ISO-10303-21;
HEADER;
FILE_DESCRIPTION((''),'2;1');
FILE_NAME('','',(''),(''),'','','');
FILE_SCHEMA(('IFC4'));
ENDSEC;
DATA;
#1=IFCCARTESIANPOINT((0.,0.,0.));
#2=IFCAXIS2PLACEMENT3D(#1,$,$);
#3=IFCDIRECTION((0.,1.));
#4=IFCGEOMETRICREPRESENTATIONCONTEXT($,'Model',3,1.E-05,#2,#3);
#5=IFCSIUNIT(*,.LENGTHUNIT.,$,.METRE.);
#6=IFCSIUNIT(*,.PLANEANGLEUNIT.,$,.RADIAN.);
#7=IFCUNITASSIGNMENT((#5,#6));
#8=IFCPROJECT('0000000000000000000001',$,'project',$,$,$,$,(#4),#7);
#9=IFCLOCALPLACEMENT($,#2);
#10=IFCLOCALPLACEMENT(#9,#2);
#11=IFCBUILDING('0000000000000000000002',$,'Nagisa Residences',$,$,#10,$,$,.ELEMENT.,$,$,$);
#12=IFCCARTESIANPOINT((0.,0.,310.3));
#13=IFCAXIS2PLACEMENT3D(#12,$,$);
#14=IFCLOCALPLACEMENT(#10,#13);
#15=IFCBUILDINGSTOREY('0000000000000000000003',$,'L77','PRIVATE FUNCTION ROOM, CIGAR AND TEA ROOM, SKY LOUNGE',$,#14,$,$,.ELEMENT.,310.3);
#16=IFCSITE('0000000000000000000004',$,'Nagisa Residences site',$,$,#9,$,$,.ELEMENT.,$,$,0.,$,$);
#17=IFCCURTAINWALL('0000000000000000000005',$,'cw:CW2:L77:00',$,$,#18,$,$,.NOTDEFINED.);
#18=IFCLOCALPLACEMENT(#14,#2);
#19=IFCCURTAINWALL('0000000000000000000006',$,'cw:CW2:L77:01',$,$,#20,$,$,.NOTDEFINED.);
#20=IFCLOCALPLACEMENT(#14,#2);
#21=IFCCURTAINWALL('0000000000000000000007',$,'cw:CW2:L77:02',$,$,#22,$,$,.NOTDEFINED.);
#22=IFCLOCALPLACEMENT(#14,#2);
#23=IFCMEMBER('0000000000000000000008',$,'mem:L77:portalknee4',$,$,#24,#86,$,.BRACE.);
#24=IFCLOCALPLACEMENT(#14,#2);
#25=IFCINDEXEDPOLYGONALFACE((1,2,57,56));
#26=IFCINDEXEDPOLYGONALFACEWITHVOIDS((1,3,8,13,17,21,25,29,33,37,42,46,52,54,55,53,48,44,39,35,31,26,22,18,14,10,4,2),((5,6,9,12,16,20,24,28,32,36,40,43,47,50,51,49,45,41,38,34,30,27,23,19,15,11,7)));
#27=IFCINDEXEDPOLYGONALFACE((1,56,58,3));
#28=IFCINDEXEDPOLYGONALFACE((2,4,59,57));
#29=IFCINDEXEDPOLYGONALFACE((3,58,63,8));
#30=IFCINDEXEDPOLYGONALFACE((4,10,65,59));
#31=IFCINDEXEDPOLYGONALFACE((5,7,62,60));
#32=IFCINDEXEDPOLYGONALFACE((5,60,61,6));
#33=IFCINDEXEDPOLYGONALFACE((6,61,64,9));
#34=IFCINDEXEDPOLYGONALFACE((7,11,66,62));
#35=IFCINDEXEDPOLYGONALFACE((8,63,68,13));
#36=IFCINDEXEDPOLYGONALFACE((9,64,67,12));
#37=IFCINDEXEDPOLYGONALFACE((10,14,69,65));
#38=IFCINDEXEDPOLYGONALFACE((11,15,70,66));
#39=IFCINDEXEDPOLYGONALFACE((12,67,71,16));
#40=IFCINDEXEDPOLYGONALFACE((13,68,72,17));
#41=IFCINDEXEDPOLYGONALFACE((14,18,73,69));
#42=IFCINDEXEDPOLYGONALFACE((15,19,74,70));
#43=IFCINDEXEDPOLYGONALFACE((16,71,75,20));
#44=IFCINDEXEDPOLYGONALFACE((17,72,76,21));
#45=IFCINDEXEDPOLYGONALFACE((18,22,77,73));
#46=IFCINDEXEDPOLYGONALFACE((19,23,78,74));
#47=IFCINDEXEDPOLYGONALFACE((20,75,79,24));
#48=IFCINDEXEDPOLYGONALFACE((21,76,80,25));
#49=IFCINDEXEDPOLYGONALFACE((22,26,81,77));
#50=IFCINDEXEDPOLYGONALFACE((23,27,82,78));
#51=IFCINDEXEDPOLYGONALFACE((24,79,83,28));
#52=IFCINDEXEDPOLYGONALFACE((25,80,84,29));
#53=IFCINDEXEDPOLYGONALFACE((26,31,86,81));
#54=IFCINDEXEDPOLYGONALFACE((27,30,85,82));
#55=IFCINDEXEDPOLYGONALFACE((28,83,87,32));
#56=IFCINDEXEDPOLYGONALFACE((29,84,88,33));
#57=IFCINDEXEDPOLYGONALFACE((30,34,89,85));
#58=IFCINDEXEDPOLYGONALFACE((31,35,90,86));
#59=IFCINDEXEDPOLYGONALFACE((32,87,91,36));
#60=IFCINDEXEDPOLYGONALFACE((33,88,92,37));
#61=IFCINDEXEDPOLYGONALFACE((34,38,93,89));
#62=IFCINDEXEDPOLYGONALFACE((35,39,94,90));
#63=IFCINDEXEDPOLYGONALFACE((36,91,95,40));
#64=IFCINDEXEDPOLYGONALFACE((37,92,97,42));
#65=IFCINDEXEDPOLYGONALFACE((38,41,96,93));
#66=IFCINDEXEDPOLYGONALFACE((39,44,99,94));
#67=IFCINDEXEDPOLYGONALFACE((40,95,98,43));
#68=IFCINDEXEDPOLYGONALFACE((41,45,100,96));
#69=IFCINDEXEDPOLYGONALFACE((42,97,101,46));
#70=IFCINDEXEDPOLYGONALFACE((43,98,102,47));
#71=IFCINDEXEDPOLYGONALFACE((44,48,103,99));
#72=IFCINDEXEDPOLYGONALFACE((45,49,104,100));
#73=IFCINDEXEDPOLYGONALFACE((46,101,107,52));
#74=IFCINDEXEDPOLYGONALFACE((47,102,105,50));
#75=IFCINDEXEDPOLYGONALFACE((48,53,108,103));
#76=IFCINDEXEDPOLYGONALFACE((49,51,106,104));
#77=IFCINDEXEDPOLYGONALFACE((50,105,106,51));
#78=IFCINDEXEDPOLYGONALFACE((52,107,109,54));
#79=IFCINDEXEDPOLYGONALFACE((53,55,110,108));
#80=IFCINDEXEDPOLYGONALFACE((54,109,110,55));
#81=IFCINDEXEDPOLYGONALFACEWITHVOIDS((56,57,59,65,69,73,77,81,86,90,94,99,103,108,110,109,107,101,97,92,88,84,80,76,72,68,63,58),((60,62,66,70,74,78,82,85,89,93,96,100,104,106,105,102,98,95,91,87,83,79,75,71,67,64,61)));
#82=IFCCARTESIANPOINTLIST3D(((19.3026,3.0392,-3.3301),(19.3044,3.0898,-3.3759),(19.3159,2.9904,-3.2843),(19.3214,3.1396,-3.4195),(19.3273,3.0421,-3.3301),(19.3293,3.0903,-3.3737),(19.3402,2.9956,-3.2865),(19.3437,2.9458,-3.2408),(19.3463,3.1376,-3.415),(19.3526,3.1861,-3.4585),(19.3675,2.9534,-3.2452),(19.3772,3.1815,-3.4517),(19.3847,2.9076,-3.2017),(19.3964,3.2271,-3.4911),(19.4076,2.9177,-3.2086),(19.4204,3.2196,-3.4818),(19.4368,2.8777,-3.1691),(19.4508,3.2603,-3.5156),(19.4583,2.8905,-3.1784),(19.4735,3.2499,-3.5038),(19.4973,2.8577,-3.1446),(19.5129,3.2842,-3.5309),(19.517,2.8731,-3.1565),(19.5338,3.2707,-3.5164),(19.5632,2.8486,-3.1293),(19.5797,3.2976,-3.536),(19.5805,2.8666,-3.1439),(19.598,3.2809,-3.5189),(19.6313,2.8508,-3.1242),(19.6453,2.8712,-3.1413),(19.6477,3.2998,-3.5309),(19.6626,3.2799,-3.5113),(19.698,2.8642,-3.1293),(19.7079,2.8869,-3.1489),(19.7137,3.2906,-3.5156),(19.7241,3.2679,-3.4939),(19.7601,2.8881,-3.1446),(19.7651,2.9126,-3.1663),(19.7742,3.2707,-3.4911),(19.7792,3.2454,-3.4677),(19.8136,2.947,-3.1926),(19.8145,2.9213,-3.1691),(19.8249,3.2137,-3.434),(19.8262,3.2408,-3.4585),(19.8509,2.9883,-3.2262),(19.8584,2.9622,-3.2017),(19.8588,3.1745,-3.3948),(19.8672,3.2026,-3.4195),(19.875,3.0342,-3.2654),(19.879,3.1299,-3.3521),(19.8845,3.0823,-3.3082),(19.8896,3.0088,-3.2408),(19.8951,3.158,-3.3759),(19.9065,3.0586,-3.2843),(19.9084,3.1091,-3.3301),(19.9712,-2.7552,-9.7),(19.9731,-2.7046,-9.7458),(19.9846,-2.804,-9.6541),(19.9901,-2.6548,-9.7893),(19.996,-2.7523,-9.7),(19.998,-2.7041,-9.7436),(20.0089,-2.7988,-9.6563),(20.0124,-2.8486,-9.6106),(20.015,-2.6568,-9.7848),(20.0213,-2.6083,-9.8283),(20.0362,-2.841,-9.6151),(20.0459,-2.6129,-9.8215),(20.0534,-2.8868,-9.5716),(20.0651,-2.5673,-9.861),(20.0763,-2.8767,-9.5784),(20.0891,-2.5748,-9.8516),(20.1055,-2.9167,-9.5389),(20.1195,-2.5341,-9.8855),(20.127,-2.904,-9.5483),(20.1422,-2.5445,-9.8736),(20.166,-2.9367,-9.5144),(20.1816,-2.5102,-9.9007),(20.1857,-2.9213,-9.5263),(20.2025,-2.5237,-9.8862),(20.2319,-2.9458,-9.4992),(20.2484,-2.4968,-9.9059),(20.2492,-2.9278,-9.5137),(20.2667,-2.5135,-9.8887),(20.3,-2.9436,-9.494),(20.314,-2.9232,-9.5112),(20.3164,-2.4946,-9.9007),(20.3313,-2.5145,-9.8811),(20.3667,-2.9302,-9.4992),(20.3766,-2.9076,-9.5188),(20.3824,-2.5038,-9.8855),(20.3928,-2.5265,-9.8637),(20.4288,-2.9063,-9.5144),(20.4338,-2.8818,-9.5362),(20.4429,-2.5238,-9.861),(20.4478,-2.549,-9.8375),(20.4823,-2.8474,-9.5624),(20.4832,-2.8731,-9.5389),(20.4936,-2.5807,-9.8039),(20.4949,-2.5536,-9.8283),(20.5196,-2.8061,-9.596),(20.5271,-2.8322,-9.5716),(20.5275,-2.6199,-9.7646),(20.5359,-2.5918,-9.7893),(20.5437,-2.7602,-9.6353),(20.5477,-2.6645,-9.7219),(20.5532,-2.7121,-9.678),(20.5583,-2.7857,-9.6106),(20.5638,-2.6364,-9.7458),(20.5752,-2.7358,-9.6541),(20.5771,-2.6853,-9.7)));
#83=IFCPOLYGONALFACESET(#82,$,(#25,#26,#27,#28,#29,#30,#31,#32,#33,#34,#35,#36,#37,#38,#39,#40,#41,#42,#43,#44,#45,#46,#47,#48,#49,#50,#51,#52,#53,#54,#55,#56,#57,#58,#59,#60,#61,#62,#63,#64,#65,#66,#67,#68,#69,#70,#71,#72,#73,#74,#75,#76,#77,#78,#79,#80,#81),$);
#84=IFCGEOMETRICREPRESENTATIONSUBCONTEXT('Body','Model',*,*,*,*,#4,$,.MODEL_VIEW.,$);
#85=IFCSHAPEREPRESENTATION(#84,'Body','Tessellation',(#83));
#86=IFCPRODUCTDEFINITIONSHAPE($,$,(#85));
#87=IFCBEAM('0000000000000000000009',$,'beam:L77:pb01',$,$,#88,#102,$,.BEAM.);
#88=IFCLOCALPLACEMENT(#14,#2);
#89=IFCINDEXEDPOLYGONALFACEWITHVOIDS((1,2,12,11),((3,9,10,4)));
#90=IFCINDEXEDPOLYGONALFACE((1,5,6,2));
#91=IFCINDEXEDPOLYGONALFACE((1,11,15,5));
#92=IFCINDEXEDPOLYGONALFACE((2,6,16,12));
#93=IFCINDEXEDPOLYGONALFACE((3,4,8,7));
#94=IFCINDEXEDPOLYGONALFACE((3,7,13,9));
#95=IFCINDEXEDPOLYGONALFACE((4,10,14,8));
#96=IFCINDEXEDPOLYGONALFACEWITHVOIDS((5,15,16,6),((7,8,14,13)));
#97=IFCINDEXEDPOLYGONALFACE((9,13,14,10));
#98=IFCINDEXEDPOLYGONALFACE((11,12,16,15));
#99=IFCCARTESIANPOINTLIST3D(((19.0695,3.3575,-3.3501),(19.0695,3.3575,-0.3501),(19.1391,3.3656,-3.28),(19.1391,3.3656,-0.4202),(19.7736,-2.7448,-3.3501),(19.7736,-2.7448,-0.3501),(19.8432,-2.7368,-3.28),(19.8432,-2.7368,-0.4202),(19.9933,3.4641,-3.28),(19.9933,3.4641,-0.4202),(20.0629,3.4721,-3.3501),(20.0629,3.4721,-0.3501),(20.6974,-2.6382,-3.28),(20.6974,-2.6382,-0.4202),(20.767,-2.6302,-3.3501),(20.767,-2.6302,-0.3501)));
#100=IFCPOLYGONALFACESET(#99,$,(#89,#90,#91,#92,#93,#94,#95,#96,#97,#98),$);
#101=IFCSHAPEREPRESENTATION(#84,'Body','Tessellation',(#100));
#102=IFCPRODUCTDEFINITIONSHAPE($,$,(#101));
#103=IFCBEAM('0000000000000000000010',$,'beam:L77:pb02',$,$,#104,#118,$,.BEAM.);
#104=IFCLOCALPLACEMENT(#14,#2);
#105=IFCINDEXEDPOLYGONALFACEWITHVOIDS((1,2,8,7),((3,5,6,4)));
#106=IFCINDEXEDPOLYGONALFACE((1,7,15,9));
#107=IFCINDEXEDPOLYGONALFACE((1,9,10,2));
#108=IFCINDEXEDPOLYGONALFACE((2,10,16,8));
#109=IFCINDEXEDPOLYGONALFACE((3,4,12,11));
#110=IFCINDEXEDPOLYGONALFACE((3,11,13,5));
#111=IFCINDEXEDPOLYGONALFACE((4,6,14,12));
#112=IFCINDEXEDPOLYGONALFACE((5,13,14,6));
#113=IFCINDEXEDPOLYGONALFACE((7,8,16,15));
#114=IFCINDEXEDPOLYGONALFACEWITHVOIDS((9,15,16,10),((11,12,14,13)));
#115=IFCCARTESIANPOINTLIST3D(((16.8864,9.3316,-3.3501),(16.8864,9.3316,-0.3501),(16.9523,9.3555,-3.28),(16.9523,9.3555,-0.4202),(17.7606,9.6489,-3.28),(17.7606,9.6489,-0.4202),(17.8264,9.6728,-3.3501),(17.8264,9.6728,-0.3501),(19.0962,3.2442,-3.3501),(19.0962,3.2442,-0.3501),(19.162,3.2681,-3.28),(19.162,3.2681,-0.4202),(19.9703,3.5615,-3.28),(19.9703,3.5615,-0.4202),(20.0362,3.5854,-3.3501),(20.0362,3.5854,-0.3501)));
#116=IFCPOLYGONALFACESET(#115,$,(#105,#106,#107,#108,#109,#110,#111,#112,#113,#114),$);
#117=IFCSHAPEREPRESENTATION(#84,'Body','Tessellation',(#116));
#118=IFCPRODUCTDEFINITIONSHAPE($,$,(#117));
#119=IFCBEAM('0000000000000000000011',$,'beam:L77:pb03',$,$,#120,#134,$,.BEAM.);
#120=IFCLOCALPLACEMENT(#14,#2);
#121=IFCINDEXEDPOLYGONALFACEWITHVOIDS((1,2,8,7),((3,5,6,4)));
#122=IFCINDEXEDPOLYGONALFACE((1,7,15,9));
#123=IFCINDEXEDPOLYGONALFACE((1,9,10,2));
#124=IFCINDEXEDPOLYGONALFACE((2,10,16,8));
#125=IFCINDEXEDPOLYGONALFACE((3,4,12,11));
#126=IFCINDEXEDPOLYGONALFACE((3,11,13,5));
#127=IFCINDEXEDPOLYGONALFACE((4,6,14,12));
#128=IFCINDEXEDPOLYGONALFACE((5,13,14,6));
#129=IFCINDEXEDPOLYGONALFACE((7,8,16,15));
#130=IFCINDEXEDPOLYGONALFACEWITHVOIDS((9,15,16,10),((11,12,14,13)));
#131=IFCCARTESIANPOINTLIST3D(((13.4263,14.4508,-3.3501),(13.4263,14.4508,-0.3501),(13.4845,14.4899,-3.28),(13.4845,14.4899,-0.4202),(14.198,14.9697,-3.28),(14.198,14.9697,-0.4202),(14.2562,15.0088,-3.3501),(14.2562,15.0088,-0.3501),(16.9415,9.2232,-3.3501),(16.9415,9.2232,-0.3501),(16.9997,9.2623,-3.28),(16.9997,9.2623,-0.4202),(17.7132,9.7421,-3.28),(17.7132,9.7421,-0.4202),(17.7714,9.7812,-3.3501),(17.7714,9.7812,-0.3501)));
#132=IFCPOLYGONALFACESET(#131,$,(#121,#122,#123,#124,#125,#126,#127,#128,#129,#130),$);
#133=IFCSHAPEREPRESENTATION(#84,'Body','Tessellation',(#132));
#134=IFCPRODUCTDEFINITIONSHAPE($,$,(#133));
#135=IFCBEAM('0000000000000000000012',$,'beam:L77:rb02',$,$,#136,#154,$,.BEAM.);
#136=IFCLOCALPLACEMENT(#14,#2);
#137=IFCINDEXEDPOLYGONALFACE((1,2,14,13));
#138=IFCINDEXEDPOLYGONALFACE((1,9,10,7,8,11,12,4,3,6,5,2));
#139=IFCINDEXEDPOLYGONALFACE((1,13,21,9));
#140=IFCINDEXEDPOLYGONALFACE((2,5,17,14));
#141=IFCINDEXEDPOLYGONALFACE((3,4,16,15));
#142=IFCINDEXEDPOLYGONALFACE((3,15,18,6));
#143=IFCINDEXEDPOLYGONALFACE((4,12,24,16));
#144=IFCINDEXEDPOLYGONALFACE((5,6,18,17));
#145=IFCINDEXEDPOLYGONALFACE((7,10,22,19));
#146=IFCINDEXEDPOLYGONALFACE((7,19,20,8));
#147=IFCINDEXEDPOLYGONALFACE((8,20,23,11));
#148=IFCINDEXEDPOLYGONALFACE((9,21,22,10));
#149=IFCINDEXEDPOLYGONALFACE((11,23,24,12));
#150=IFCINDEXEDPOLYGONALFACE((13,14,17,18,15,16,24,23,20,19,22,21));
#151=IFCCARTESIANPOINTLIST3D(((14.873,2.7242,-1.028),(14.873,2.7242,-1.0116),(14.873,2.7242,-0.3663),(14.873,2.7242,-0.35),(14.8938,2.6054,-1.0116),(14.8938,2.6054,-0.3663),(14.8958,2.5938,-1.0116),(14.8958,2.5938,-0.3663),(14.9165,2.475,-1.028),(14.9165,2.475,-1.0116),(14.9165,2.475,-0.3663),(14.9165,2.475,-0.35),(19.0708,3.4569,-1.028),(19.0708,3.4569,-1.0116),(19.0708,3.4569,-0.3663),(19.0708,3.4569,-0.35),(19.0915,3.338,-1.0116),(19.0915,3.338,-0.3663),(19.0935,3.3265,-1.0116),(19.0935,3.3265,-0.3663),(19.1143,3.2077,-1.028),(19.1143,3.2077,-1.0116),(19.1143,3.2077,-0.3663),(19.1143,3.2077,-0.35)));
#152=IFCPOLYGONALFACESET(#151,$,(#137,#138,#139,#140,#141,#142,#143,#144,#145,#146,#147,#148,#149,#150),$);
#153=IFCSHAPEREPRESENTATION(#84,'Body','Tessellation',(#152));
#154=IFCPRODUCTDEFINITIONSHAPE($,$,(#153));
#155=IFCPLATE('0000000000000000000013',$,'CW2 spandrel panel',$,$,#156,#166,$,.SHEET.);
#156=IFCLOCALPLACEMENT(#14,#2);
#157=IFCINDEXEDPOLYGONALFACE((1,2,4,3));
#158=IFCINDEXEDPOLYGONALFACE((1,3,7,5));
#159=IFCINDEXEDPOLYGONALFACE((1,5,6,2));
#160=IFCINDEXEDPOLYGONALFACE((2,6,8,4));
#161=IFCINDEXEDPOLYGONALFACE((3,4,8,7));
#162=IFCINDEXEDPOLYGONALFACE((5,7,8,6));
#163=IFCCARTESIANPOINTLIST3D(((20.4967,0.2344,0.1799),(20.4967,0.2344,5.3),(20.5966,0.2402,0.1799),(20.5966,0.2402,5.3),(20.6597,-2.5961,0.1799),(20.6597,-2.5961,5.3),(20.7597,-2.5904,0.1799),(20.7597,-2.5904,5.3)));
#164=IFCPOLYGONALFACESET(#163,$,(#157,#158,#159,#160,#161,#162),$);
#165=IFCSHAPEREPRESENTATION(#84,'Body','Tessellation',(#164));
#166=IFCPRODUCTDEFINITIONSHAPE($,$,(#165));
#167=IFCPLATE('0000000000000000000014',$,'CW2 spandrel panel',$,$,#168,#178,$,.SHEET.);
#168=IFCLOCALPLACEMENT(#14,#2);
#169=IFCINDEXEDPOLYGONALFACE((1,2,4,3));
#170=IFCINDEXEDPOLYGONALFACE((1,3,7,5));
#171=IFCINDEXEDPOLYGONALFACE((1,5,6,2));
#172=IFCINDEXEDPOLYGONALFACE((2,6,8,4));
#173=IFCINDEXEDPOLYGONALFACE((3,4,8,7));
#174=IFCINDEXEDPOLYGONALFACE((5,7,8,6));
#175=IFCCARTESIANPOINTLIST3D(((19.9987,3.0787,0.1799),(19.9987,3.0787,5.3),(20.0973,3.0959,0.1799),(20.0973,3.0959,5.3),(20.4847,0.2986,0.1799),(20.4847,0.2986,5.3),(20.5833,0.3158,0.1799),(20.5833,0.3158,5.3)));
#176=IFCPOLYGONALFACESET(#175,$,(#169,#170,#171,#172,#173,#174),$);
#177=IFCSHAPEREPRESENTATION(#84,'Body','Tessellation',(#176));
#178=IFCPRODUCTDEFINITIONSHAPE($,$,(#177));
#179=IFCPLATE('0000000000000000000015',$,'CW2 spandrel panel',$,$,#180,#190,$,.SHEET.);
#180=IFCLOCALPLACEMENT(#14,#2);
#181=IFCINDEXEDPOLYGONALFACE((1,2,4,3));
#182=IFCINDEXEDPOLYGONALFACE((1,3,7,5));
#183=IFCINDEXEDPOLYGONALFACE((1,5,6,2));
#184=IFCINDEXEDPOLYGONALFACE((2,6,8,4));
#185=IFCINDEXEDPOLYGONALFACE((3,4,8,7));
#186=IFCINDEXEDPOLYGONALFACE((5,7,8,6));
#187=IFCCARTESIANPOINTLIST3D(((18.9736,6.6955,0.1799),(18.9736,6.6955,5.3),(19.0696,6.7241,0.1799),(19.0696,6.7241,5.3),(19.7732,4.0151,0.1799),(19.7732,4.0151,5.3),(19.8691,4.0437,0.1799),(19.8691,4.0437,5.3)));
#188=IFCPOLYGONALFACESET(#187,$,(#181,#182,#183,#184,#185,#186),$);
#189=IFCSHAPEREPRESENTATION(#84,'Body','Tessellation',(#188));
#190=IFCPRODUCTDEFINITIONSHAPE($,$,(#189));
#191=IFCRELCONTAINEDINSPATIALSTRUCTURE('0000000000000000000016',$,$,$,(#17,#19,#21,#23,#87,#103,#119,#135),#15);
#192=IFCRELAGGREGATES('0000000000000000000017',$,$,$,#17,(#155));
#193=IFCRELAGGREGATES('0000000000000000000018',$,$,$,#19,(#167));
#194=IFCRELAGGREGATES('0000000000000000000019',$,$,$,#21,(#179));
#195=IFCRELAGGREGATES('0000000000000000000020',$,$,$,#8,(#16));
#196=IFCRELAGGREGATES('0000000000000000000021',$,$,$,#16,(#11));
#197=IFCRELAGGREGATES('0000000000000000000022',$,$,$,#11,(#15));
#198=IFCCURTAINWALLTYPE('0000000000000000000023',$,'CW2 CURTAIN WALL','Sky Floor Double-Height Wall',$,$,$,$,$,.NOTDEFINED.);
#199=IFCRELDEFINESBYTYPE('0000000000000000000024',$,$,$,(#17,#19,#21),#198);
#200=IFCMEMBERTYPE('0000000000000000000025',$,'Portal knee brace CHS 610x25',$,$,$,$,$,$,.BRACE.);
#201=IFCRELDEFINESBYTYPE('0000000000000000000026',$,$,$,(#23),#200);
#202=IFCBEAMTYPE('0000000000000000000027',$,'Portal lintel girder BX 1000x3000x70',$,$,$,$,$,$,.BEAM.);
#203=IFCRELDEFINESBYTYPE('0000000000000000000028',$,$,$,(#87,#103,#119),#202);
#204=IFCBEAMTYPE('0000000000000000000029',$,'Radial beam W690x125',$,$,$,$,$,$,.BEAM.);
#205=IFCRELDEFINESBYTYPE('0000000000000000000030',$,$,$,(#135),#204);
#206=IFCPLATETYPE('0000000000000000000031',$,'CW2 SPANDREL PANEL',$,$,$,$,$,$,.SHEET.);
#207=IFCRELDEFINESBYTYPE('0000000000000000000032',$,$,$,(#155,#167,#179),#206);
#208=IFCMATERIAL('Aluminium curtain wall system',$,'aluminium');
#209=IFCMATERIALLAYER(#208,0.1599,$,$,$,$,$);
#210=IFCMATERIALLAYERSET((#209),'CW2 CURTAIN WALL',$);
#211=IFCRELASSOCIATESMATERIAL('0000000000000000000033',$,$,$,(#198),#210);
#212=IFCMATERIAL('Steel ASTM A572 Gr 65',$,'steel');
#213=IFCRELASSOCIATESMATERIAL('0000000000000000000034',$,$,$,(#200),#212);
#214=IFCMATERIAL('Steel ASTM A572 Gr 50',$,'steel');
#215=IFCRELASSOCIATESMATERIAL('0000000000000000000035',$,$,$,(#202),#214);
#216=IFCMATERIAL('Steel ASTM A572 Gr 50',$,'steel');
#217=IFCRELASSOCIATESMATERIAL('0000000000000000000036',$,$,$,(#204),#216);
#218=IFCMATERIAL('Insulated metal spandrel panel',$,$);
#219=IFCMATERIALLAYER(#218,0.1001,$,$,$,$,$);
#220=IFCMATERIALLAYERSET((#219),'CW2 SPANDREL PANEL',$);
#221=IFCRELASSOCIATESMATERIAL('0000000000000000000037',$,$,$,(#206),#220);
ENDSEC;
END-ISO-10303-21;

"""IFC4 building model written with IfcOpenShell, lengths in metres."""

from ifc_helpers import new_model, si_unit, direction, frame, origin, origin_2d, place, context, subcontext, project, spatial, rectangle, hollow_rectangle, hollow_circle, i_section, extrude, material, layer, layer_set, material_profile, profile_set, type_object, element, aggregate, save


model = new_model("IFC4")

# Units and contexts
model_context = context("Model", 3, precision=1e-05, world=origin(), true_north=direction((0.0, 1.0)))
body_context = subcontext(model_context, "Body", "Model", "MODEL_VIEW")
ifc_project = project(units=[si_unit("LENGTHUNIT", "METRE"), si_unit("PLANEANGLEUNIT", "RADIAN")], contexts=[model_context])

# Site, building, storey
site_placement = place(None, origin())
site = spatial("IfcSite", under=ifc_project, at=site_placement, Name="Nagisa Residences site", CompositionType="ELEMENT", RefElevation=0.0)
building_placement = place(site_placement, origin())
building = spatial("IfcBuilding", under=site, at=building_placement, Name="Nagisa Residences", CompositionType="ELEMENT")
storey_placement = place(building_placement, frame((0.0, 0.0, 310.3)))
storey = spatial("IfcBuildingStorey", under=building, at=storey_placement, Name="L77", Description="PRIVATE FUNCTION ROOM, CIGAR AND TEA ROOM, SKY LOUNGE", CompositionType="ELEMENT", Elevation=310.3)

# Curtain walls
ifc_material_1 = material(Name="Aluminium curtain wall system", Category="aluminium")
ifc_layer_1 = layer(ifc_material_1, 0.1599)
ifc_layer_set_1 = layer_set([ifc_layer_1], Name="CW2 CURTAIN WALL")
curtain_wall_type = type_object("IfcCurtainWallType", Name="CW2 CURTAIN WALL", Description="Sky Floor Double-Height Wall", PredefinedType="NOTDEFINED", material=ifc_layer_set_1)
curtain_wall_1_placement = place(storey_placement, origin())
curtain_wall_1 = element("IfcCurtainWall", 1, at=curtain_wall_1_placement, inside=storey, type_object=curtain_wall_type, Name="cw:CW2:L77:00", PredefinedType="NOTDEFINED")
curtain_wall_2_placement = place(storey_placement, origin())
curtain_wall_2 = element("IfcCurtainWall", 2, at=curtain_wall_2_placement, inside=storey, type_object=curtain_wall_type, Name="cw:CW2:L77:01", PredefinedType="NOTDEFINED")
curtain_wall_3_placement = place(storey_placement, origin())
curtain_wall_3 = element("IfcCurtainWall", 3, at=curtain_wall_3_placement, inside=storey, type_object=curtain_wall_type, Name="cw:CW2:L77:02", PredefinedType="NOTDEFINED")

# Member
ifc_material_2 = material(Name="Steel ASTM A572 Gr 65", Category="steel")
ifc_material_profile_1 = material_profile(ifc_material_2, hollow_circle(Radius=0.3049, WallThickness=0.0249, at=origin_2d()), Name="CHS 610x25")
ifc_profile_set_1 = profile_set([ifc_material_profile_1], Name="Steel ASTM A572 Gr 65")
member_type_1 = type_object("IfcMemberType", Name="Portal knee brace CHS 610x25", PredefinedType="BRACE", material=ifc_profile_set_1)
member_1_placement = place(storey_placement, frame((20.2742, -2.7202, -9.7), z_axis=(-0.077423, 0.670884, 0.737509), x_axis=(-0.993407, -0.114643, 0.0)))
element("IfcMember", 4, at=member_1_placement, inside=storey, type_object=member_type_1, Name="mem:L77:portalknee4", PredefinedType="BRACE", context=body_context, shape_type="SweptSolid", body=[
    extrude(hollow_circle(Radius=0.3049, WallThickness=0.0249, at=origin_2d()), origin(), (0.0, 0.0, 1.0), 8.637),
])

# Beams
ifc_material_3 = material(Name="Steel ASTM A572 Gr 50", Category="steel")
ifc_material_profile_2 = material_profile(ifc_material_3, hollow_rectangle(XDim=1.0, YDim=3.0, WallThickness=0.0701, at=origin_2d()), Name="BX 1000x3000x70")
ifc_profile_set_2 = profile_set([ifc_material_profile_2], Name="Steel ASTM A572 Gr 50")
beam_type_1 = type_object("IfcBeamType", Name="Portal lintel girder BX 1000x3000x70", PredefinedType="BEAM", material=ifc_profile_set_2)
beam_1_placement = place(storey_placement, frame((20.2703, -2.6875, -1.8501), z_axis=(-0.114623, 0.993409, 0.0), x_axis=(-0.993409, -0.114623, 0.0)))
element("IfcBeam", 5, at=beam_1_placement, inside=storey, type_object=beam_type_1, Name="beam:L77:pb01", PredefinedType="BEAM", context=body_context, shape_type="SweptSolid", body=[
    extrude(hollow_rectangle(XDim=1.0, YDim=3.0, WallThickness=0.0701, at=origin_2d()), origin(), (0.0, 0.0, 1.0), 6.1428),
])
beam_2_placement = place(storey_placement, frame((19.5662, 3.4148, -1.8501), z_axis=(-0.341213, 0.939986, 0.0), x_axis=(-0.939986, -0.341213, 0.0)))
element("IfcBeam", 6, at=beam_2_placement, inside=storey, type_object=beam_type_1, Name="beam:L77:pb02", PredefinedType="BEAM", context=body_context, shape_type="SweptSolid", body=[
    extrude(hollow_rectangle(XDim=1.0, YDim=3.0, WallThickness=0.0701, at=origin_2d()), origin(), (0.0, 0.0, 1.0), 6.4761),
])
beam_3_placement = place(storey_placement, frame((17.3564, 9.5022, -1.8501), z_axis=(-0.558005, 0.829838, 0.0), x_axis=(-0.829838, -0.558005, 0.0)))
element("IfcBeam", 7, at=beam_3_placement, inside=storey, type_object=beam_type_1, Name="beam:L77:pb03", PredefinedType="BEAM", context=body_context, shape_type="SweptSolid", body=[
    extrude(hollow_rectangle(XDim=1.0, YDim=3.0, WallThickness=0.0701, at=origin_2d()), origin(), (0.0, 0.0, 1.0), 6.2996),
])
ifc_material_4 = material(Name="Steel ASTM A572 Gr 50", Category="steel")
ifc_material_profile_3 = material_profile(ifc_material_4, i_section(OverallWidth=0.2529, OverallDepth=0.678, WebThickness=0.0117, FlangeThickness=0.0164, at=origin_2d()), Name="W690x125")
ifc_profile_set_3 = profile_set([ifc_material_profile_3], Name="Steel ASTM A572 Gr 50")
beam_type_2 = type_object("IfcBeamType", Name="Radial beam W690x125", PredefinedType="BEAM", material=ifc_profile_set_3)
beam_4_placement = place(storey_placement, frame((19.0925, 3.3323, -0.689), z_axis=(-0.985108, -0.171938, 0.0), x_axis=(0.171938, -0.985108, 0.0)))
element("IfcBeam", 8, at=beam_4_placement, inside=storey, type_object=beam_type_2, Name="beam:L77:rb02", PredefinedType="BEAM", context=body_context, shape_type="SweptSolid", body=[
    extrude(i_section(OverallWidth=0.2529, OverallDepth=0.678, WebThickness=0.0117, FlangeThickness=0.0164, at=origin_2d()), origin(), (0.0, 0.0, 1.0), 4.2612),
])

# Plates
ifc_material_5 = material(Name="Insulated metal spandrel panel")
ifc_layer_2 = layer(ifc_material_5, 0.1001)
ifc_layer_set_2 = layer_set([ifc_layer_2], Name="CW2 SPANDREL PANEL")
plate_type = type_object("IfcPlateType", Name="CW2 SPANDREL PANEL", PredefinedType="SHEET", material=ifc_layer_set_2)
plate_1_placement = place(storey_placement, frame((20.6282, -1.178, 0.1799), z_axis=(0.0, 0.0, 1.0), x_axis=(-0.057503, 0.998345, 0.0)))
plate_1 = element("IfcPlate", 9, at=plate_1_placement, type_object=plate_type, Name="CW2 spandrel panel", PredefinedType="SHEET", context=body_context, shape_type="SweptSolid", body=[
    extrude(rectangle(XDim=2.8352, YDim=0.1001, at=origin_2d()), origin(), (0.0, 0.0, 1.0), 5.1201),
])
aggregate(curtain_wall_1, [plate_1])
plate_2_placement = place(storey_placement, frame((20.291, 1.6973, 0.1799), z_axis=(0.0, 0.0, 1.0), x_axis=(-0.172191, 0.985064, 0.0)))
plate_2 = element("IfcPlate", 10, at=plate_2_placement, type_object=plate_type, Name="CW2 spandrel panel", PredefinedType="SHEET", context=body_context, shape_type="SweptSolid", body=[
    extrude(rectangle(XDim=2.8223, YDim=0.1001, at=origin_2d()), origin(), (0.0, 0.0, 1.0), 5.1201),
])
aggregate(curtain_wall_2, [plate_2])
plate_3_placement = place(storey_placement, frame((19.4214, 5.3696, 0.1799), z_axis=(0.0, 0.0, 1.0), x_axis=(-0.28586, 0.958271, 0.0)))
plate_3 = element("IfcPlate", 11, at=plate_3_placement, type_object=plate_type, Name="CW2 spandrel panel", PredefinedType="SHEET", context=body_context, shape_type="SweptSolid", body=[
    extrude(rectangle(XDim=2.7971, YDim=0.1001, at=origin_2d()), origin(), (0.0, 0.0, 1.0), 5.1201),
])
aggregate(curtain_wall_3, [plate_3])

save(model, "model.ifc")
